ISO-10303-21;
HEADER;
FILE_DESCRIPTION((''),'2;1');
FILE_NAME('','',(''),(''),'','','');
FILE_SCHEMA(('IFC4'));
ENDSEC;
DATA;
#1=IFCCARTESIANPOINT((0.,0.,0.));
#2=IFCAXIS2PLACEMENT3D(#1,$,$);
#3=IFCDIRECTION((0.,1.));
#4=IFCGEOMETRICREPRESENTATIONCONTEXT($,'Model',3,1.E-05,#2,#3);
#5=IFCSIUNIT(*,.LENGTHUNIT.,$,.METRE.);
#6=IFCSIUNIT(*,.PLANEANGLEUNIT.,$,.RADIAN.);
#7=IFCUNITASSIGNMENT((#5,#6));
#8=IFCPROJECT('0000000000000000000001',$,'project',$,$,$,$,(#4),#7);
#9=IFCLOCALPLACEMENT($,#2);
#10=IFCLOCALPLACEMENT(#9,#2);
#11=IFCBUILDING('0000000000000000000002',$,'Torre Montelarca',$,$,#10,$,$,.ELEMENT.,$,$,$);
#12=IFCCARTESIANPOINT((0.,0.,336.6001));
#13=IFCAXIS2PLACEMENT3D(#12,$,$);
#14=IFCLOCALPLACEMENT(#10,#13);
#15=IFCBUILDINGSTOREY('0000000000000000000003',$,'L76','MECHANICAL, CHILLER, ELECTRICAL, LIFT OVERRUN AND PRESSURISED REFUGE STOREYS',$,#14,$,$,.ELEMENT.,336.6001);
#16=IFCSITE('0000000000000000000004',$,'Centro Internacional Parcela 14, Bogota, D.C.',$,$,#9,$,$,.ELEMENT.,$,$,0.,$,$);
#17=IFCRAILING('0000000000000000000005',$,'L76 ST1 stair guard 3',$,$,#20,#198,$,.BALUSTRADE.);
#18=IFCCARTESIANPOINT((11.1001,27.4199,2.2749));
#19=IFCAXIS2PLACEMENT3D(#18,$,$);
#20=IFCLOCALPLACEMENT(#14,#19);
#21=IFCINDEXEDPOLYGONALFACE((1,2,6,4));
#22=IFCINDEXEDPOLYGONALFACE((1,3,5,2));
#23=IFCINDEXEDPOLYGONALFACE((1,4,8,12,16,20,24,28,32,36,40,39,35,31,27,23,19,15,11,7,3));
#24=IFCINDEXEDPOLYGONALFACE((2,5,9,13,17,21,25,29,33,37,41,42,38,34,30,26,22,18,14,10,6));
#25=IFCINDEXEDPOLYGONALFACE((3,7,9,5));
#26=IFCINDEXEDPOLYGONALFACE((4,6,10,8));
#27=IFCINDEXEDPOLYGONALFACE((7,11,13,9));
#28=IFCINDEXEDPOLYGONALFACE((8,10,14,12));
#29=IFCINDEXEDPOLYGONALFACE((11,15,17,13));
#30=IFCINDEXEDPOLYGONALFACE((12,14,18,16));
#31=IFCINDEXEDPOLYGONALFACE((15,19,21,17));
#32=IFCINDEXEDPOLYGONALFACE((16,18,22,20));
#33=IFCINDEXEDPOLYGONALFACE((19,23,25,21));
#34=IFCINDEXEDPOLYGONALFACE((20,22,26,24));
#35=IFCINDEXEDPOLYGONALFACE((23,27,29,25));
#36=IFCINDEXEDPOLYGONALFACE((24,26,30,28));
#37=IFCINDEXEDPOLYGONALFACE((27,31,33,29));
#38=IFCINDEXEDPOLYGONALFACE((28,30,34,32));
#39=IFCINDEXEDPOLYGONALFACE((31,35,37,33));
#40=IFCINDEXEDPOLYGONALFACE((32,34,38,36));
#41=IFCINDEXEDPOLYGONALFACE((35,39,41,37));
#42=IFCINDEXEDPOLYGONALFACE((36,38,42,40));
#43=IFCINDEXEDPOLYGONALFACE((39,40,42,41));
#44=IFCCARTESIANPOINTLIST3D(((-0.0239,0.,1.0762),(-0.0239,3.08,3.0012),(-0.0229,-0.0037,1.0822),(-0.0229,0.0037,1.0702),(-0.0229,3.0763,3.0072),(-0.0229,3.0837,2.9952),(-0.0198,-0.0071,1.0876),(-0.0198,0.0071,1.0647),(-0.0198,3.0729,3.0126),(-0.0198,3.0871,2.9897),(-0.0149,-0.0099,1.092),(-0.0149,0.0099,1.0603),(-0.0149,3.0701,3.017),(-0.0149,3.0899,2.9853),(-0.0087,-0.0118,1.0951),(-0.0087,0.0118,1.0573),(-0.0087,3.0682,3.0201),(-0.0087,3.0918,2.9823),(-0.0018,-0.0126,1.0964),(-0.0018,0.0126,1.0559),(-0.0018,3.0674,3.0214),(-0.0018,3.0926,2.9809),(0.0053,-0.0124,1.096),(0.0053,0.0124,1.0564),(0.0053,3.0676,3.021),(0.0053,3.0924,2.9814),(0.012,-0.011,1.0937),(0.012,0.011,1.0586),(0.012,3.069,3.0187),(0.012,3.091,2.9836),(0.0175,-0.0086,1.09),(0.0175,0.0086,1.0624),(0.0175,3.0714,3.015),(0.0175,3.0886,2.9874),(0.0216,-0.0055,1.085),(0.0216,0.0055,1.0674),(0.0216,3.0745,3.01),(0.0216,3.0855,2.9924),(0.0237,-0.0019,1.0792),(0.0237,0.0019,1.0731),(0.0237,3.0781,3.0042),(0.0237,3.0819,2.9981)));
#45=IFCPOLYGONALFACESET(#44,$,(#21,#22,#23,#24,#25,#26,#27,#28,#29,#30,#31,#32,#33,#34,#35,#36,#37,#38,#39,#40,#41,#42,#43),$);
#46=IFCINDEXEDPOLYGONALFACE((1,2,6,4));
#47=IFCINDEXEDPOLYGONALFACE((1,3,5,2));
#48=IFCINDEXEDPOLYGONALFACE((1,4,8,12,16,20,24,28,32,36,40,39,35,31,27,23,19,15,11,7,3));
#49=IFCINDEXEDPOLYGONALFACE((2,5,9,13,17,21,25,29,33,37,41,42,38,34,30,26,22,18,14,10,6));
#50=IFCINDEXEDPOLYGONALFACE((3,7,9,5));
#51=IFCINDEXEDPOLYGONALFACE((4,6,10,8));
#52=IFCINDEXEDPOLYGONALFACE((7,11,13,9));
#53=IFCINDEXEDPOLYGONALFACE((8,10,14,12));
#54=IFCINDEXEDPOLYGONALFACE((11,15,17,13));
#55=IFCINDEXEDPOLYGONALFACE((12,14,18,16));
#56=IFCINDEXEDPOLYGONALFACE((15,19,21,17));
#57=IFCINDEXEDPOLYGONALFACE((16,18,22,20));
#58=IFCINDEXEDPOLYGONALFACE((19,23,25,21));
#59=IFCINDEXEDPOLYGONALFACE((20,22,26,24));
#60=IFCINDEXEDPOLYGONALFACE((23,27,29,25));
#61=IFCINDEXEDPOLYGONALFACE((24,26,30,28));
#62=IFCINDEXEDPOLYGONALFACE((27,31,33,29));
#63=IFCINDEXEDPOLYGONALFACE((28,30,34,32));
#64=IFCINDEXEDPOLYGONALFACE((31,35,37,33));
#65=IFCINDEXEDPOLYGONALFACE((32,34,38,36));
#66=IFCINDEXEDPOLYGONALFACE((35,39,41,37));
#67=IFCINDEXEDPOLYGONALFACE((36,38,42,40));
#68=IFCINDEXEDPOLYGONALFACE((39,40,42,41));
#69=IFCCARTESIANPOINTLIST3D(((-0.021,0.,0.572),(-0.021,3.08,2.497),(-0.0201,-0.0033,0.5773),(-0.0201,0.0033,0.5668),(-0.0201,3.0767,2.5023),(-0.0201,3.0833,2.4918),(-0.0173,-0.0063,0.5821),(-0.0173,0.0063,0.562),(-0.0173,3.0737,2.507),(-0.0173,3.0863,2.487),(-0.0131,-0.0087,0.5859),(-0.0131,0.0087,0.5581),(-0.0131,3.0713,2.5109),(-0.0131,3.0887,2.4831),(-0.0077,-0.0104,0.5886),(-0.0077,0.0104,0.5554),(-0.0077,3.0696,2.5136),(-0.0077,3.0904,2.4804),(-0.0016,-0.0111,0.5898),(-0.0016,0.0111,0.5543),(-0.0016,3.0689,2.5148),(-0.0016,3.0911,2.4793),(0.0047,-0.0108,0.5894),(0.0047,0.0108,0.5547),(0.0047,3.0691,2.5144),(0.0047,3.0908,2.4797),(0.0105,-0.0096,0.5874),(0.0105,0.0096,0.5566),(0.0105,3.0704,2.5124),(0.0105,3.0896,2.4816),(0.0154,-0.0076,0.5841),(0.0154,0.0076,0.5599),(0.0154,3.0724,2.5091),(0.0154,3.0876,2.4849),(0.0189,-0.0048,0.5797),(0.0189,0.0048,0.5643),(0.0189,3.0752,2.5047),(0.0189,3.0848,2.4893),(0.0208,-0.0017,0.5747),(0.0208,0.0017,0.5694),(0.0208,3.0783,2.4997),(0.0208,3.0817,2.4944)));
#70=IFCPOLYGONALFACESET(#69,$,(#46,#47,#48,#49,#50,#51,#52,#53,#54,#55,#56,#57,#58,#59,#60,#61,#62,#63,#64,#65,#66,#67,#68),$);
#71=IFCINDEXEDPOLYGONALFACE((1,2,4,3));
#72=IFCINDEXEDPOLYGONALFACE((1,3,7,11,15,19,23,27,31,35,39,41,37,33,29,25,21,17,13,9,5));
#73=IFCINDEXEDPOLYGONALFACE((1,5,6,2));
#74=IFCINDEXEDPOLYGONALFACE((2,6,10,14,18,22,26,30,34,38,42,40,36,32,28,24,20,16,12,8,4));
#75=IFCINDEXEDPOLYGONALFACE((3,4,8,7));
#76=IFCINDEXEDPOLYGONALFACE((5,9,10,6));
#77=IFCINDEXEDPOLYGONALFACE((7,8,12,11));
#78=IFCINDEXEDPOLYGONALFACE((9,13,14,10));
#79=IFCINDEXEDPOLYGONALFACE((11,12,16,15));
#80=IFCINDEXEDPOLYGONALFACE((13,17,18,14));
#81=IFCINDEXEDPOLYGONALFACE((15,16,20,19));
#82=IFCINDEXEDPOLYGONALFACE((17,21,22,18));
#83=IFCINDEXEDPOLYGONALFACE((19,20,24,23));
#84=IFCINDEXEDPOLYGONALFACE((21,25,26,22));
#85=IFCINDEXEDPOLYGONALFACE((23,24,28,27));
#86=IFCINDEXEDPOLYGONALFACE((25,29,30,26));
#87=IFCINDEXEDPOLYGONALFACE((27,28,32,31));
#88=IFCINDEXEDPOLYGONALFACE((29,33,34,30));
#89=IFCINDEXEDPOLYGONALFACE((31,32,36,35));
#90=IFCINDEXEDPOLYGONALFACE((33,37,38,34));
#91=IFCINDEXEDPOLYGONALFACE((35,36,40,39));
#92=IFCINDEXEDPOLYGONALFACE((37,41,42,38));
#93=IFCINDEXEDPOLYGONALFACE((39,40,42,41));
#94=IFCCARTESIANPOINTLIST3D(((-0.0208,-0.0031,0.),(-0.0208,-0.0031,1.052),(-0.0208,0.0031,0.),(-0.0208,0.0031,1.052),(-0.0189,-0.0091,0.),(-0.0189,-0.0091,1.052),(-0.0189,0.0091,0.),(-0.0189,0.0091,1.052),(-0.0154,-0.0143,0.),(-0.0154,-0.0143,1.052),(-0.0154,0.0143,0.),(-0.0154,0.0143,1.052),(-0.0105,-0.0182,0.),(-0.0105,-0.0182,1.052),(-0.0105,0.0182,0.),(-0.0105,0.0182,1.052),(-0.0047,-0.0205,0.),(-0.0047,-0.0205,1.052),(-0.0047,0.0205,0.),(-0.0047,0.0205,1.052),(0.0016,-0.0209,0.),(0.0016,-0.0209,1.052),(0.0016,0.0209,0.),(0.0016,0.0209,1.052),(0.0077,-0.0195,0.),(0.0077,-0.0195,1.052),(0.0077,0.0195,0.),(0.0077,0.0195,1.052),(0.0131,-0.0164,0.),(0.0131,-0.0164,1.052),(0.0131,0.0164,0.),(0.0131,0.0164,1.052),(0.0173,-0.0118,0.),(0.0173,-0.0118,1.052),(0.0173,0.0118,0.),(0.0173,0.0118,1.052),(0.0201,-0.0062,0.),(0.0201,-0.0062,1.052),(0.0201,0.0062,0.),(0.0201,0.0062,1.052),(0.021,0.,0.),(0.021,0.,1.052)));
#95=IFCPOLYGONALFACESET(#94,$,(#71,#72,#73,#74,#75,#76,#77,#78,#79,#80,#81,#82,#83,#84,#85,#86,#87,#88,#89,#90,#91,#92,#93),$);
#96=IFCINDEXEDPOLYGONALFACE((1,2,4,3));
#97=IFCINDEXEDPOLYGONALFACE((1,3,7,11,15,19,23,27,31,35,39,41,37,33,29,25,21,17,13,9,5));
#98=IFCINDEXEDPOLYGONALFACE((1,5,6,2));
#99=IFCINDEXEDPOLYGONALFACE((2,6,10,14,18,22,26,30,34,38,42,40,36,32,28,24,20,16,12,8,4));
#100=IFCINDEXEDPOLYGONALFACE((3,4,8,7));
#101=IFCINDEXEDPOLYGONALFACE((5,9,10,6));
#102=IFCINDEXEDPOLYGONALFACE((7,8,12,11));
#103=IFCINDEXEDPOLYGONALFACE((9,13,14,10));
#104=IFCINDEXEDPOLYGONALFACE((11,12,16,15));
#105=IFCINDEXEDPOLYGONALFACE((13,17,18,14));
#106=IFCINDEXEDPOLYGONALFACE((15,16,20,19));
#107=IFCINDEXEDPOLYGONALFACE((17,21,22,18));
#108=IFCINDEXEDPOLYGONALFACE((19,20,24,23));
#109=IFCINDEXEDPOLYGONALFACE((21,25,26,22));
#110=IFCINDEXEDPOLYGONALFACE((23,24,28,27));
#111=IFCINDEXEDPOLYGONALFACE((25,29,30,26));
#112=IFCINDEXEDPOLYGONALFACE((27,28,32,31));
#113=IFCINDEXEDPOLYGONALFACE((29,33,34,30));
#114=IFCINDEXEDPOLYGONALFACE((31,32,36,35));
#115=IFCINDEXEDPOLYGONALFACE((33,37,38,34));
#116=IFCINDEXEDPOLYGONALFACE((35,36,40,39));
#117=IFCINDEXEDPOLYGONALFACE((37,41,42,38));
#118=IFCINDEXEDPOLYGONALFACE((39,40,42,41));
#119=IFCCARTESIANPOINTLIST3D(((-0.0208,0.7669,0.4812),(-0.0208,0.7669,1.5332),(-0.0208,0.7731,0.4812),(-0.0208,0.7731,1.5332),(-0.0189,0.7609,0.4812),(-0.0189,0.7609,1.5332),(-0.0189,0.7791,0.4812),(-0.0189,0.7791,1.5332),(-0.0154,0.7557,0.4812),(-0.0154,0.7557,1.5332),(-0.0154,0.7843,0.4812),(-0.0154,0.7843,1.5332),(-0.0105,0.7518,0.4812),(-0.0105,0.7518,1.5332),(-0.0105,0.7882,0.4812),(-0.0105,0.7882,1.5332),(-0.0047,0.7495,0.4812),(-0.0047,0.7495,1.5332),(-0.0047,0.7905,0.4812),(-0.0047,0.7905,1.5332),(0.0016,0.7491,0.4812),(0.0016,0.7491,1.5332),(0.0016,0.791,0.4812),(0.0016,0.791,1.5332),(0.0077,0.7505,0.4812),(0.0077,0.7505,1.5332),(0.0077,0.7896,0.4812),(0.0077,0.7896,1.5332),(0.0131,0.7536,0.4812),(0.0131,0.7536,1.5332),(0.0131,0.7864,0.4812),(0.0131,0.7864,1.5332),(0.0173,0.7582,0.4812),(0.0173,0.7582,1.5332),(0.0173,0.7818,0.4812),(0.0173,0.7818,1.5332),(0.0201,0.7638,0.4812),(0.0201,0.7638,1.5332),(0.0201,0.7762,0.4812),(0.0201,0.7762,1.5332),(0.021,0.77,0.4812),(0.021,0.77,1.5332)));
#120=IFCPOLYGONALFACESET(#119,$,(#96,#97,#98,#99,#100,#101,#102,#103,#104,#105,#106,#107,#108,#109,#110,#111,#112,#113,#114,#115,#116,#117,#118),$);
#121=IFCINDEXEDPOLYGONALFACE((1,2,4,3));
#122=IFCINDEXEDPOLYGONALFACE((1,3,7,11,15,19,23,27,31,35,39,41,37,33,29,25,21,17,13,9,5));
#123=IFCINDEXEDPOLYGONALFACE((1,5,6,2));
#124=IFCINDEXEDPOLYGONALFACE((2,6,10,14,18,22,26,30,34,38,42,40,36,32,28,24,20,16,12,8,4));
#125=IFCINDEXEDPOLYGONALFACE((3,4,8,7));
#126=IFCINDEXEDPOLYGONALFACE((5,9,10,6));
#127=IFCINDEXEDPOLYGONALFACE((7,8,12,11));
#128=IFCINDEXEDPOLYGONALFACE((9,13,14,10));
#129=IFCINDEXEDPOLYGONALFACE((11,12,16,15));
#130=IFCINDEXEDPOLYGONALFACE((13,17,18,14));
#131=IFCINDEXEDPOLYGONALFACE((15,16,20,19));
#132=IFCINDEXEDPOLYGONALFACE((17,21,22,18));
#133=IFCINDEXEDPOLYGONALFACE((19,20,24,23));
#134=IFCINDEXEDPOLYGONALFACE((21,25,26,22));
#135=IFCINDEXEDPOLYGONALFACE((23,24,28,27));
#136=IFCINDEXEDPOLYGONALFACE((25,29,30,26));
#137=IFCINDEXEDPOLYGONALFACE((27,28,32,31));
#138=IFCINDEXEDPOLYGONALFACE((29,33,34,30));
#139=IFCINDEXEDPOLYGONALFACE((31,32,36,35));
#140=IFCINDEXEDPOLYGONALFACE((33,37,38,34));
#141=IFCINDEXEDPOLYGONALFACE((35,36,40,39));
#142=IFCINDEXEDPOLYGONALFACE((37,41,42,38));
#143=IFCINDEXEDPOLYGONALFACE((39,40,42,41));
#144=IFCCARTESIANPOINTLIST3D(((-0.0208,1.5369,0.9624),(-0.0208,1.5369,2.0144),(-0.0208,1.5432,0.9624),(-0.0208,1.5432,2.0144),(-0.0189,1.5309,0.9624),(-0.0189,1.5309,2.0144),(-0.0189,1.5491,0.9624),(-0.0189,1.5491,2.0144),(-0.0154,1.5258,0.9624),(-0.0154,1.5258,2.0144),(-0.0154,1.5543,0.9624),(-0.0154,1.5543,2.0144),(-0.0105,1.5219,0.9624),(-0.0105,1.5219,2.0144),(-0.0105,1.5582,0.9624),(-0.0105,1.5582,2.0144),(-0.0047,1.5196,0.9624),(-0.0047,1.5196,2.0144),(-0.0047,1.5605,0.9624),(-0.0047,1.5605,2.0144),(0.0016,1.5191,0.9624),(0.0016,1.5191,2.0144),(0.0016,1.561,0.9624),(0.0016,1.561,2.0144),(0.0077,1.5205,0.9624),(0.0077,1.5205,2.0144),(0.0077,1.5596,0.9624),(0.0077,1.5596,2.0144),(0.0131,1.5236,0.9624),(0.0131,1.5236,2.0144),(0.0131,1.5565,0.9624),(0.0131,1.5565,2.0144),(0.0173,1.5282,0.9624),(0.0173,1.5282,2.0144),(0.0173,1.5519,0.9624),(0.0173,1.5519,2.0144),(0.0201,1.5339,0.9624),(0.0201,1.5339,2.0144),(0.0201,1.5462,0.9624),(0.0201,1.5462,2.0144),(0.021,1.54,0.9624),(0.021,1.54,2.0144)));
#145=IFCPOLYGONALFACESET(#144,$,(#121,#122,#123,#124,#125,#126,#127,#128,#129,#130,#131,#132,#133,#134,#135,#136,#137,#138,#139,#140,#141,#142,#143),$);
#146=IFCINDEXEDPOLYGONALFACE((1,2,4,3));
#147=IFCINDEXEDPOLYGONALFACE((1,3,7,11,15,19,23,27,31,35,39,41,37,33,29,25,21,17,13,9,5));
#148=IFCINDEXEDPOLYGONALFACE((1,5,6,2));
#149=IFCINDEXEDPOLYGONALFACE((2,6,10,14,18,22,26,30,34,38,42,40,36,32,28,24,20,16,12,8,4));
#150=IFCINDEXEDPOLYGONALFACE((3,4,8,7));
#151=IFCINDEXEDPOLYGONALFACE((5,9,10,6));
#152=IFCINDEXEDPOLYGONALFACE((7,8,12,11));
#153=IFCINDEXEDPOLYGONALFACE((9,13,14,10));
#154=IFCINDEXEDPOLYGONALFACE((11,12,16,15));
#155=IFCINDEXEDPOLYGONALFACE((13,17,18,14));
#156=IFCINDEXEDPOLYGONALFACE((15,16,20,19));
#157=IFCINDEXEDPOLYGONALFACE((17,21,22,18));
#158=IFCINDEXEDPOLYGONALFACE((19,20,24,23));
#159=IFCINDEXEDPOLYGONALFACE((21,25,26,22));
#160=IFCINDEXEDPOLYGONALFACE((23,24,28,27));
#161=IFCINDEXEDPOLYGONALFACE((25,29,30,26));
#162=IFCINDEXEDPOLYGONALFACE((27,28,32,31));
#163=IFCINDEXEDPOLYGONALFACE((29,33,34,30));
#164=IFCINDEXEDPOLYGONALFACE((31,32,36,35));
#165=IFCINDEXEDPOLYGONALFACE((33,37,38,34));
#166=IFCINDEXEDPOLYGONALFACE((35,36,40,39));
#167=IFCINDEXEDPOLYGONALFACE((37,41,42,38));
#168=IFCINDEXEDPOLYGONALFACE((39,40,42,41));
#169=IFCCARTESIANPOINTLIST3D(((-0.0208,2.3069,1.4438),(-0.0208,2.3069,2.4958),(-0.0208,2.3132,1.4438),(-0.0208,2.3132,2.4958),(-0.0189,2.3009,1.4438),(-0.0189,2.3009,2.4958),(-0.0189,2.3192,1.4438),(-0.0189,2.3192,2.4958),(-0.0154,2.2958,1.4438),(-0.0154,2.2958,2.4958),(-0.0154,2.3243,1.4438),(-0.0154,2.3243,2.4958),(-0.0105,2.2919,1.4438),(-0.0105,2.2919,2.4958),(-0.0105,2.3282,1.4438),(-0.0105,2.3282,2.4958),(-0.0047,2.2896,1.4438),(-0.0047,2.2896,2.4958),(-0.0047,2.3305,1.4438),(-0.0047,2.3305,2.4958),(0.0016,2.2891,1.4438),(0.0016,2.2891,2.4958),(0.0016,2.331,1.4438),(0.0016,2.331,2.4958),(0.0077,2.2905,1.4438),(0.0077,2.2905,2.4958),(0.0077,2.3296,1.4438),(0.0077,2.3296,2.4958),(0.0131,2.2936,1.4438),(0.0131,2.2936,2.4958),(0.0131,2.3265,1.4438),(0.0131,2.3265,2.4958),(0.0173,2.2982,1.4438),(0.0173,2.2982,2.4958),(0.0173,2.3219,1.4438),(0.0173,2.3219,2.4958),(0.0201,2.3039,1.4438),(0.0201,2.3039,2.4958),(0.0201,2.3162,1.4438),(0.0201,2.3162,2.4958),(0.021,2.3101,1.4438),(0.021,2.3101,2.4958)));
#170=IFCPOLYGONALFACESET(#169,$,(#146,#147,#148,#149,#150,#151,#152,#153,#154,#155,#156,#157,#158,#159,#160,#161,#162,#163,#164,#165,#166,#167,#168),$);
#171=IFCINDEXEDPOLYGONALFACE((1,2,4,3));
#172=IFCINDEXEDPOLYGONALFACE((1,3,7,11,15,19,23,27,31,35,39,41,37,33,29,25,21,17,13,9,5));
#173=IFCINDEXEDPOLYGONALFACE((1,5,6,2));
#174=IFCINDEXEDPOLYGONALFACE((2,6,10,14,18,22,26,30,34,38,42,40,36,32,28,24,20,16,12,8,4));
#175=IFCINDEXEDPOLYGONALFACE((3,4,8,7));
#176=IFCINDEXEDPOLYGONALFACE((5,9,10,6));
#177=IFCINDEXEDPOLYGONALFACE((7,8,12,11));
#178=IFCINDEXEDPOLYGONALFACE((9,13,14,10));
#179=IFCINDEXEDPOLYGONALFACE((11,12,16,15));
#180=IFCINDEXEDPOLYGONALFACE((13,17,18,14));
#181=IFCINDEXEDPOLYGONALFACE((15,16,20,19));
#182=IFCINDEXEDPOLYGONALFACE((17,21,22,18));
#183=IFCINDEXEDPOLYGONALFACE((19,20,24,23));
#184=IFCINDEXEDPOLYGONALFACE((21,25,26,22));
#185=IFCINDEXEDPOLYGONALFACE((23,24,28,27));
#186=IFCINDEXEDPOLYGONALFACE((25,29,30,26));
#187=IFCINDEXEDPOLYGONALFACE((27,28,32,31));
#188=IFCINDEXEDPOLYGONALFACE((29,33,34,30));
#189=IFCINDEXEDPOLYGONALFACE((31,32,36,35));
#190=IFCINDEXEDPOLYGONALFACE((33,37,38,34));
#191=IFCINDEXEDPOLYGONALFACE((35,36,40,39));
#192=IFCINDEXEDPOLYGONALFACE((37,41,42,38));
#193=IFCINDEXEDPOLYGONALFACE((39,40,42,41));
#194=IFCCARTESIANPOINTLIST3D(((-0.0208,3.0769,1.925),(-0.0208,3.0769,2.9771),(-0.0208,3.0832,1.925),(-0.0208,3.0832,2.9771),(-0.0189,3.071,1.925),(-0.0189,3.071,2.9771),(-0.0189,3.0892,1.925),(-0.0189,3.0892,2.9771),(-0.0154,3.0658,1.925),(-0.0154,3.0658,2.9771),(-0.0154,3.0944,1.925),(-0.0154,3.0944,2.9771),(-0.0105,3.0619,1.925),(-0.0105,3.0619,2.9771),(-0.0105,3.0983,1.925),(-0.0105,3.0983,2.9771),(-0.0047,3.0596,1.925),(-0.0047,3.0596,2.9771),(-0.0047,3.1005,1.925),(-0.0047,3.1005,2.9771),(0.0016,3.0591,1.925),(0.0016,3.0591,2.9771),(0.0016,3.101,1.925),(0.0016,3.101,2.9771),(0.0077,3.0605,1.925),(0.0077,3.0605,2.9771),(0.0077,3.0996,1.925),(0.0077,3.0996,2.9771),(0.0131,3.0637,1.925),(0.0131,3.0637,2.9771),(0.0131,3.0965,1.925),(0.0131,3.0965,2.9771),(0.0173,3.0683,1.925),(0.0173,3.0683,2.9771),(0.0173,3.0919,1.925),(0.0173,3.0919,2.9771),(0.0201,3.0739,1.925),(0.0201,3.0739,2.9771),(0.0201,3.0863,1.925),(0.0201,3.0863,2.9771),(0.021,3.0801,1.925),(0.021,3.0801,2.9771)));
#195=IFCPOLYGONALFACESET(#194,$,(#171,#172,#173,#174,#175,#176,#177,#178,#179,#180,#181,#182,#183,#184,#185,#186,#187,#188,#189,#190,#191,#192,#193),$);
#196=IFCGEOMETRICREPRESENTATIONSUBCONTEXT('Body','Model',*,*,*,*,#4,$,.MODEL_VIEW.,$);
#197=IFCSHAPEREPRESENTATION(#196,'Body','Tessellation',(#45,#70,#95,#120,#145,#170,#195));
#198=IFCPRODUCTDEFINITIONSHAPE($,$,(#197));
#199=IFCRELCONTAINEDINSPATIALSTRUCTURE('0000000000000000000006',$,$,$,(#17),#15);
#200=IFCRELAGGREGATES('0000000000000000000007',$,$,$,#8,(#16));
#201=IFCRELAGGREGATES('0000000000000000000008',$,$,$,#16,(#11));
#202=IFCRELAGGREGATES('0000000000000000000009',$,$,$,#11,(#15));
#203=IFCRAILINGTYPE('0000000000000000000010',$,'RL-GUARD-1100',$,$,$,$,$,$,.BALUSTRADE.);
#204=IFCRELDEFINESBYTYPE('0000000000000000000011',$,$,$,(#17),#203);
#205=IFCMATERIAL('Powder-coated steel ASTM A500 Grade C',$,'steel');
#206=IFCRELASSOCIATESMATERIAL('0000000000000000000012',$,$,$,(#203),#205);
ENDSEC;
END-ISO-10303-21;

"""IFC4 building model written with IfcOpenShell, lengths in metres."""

from ifc_helpers import new_model, si_unit, direction, frame, origin, origin_2d, place, context, subcontext, project, spatial, circle, extrude, material, type_object, element, save


model = new_model("IFC4")

# Units and contexts
model_context = context("Model", 3, precision=1e-05, world=origin(), true_north=direction((0.0, 1.0)))
body_context = subcontext(model_context, "Body", "Model", "MODEL_VIEW")
ifc_project = project(units=[si_unit("LENGTHUNIT", "METRE"), si_unit("PLANEANGLEUNIT", "RADIAN")], contexts=[model_context])

# Site, building, storey
site_placement = place(None, origin())
site = spatial("IfcSite", under=ifc_project, at=site_placement, Name="Centro Internacional Parcela 14, Bogota, D.C.", CompositionType="ELEMENT", RefElevation=0.0)
building_placement = place(site_placement, origin())
building = spatial("IfcBuilding", under=site, at=building_placement, Name="Torre Montelarca", CompositionType="ELEMENT")
storey_placement = place(building_placement, frame((0.0, 0.0, 336.6001)))
storey = spatial("IfcBuildingStorey", under=building, at=storey_placement, Name="L76", Description="MECHANICAL, CHILLER, ELECTRICAL, LIFT OVERRUN AND PRESSURISED REFUGE STOREYS", CompositionType="ELEMENT", Elevation=336.6001)

# Railing
ifc_material_1 = material(Name="Powder-coated steel ASTM A500 Grade C", Category="steel")
railing_type_1 = type_object("IfcRailingType", Name="RL-GUARD-1100", PredefinedType="BALUSTRADE", material=ifc_material_1)
railing_1_placement = place(storey_placement, frame((11.1001, 27.4199, 2.2749)))
element("IfcRailing", 1, at=railing_1_placement, inside=storey, type_object=railing_type_1, Name="L76 ST1 stair guard 3", PredefinedType="BALUSTRADE", context=body_context, shape_type="SweptSolid", body=[
    extrude(circle(Radius=0.0239, at=origin_2d()), frame((0.0, 0.0, 1.0762), z_axis=(0.0, 0.847998, 0.529999), x_axis=(-1.0, 0.0, 0.0)), (0.0, 0.0, 1.0), 3.6321),
    extrude(circle(Radius=0.021, at=origin_2d()), frame((0.0, 0.0, 0.572), z_axis=(0.0, 0.847998, 0.529999), x_axis=(-1.0, 0.0, 0.0)), (0.0, 0.0, 1.0), 3.6321),
    extrude(circle(Radius=0.021, at=origin_2d()), origin(), (0.0, 0.0, 1.0), 1.052),
    extrude(circle(Radius=0.021, at=origin_2d()), frame((0.0, 0.77, 0.4812)), (0.0, 0.0, 1.0), 1.052),
    extrude(circle(Radius=0.021, at=origin_2d()), frame((0.0, 1.54, 0.9624)), (0.0, 0.0, 1.0), 1.052),
    extrude(circle(Radius=0.021, at=origin_2d()), frame((0.0, 2.3101, 1.4438)), (0.0, 0.0, 1.0), 1.052),
    extrude(circle(Radius=0.021, at=origin_2d()), frame((0.0, 3.0801, 1.925)), (0.0, 0.0, 1.0), 1.052),
])

save(model, "model.ifc")
